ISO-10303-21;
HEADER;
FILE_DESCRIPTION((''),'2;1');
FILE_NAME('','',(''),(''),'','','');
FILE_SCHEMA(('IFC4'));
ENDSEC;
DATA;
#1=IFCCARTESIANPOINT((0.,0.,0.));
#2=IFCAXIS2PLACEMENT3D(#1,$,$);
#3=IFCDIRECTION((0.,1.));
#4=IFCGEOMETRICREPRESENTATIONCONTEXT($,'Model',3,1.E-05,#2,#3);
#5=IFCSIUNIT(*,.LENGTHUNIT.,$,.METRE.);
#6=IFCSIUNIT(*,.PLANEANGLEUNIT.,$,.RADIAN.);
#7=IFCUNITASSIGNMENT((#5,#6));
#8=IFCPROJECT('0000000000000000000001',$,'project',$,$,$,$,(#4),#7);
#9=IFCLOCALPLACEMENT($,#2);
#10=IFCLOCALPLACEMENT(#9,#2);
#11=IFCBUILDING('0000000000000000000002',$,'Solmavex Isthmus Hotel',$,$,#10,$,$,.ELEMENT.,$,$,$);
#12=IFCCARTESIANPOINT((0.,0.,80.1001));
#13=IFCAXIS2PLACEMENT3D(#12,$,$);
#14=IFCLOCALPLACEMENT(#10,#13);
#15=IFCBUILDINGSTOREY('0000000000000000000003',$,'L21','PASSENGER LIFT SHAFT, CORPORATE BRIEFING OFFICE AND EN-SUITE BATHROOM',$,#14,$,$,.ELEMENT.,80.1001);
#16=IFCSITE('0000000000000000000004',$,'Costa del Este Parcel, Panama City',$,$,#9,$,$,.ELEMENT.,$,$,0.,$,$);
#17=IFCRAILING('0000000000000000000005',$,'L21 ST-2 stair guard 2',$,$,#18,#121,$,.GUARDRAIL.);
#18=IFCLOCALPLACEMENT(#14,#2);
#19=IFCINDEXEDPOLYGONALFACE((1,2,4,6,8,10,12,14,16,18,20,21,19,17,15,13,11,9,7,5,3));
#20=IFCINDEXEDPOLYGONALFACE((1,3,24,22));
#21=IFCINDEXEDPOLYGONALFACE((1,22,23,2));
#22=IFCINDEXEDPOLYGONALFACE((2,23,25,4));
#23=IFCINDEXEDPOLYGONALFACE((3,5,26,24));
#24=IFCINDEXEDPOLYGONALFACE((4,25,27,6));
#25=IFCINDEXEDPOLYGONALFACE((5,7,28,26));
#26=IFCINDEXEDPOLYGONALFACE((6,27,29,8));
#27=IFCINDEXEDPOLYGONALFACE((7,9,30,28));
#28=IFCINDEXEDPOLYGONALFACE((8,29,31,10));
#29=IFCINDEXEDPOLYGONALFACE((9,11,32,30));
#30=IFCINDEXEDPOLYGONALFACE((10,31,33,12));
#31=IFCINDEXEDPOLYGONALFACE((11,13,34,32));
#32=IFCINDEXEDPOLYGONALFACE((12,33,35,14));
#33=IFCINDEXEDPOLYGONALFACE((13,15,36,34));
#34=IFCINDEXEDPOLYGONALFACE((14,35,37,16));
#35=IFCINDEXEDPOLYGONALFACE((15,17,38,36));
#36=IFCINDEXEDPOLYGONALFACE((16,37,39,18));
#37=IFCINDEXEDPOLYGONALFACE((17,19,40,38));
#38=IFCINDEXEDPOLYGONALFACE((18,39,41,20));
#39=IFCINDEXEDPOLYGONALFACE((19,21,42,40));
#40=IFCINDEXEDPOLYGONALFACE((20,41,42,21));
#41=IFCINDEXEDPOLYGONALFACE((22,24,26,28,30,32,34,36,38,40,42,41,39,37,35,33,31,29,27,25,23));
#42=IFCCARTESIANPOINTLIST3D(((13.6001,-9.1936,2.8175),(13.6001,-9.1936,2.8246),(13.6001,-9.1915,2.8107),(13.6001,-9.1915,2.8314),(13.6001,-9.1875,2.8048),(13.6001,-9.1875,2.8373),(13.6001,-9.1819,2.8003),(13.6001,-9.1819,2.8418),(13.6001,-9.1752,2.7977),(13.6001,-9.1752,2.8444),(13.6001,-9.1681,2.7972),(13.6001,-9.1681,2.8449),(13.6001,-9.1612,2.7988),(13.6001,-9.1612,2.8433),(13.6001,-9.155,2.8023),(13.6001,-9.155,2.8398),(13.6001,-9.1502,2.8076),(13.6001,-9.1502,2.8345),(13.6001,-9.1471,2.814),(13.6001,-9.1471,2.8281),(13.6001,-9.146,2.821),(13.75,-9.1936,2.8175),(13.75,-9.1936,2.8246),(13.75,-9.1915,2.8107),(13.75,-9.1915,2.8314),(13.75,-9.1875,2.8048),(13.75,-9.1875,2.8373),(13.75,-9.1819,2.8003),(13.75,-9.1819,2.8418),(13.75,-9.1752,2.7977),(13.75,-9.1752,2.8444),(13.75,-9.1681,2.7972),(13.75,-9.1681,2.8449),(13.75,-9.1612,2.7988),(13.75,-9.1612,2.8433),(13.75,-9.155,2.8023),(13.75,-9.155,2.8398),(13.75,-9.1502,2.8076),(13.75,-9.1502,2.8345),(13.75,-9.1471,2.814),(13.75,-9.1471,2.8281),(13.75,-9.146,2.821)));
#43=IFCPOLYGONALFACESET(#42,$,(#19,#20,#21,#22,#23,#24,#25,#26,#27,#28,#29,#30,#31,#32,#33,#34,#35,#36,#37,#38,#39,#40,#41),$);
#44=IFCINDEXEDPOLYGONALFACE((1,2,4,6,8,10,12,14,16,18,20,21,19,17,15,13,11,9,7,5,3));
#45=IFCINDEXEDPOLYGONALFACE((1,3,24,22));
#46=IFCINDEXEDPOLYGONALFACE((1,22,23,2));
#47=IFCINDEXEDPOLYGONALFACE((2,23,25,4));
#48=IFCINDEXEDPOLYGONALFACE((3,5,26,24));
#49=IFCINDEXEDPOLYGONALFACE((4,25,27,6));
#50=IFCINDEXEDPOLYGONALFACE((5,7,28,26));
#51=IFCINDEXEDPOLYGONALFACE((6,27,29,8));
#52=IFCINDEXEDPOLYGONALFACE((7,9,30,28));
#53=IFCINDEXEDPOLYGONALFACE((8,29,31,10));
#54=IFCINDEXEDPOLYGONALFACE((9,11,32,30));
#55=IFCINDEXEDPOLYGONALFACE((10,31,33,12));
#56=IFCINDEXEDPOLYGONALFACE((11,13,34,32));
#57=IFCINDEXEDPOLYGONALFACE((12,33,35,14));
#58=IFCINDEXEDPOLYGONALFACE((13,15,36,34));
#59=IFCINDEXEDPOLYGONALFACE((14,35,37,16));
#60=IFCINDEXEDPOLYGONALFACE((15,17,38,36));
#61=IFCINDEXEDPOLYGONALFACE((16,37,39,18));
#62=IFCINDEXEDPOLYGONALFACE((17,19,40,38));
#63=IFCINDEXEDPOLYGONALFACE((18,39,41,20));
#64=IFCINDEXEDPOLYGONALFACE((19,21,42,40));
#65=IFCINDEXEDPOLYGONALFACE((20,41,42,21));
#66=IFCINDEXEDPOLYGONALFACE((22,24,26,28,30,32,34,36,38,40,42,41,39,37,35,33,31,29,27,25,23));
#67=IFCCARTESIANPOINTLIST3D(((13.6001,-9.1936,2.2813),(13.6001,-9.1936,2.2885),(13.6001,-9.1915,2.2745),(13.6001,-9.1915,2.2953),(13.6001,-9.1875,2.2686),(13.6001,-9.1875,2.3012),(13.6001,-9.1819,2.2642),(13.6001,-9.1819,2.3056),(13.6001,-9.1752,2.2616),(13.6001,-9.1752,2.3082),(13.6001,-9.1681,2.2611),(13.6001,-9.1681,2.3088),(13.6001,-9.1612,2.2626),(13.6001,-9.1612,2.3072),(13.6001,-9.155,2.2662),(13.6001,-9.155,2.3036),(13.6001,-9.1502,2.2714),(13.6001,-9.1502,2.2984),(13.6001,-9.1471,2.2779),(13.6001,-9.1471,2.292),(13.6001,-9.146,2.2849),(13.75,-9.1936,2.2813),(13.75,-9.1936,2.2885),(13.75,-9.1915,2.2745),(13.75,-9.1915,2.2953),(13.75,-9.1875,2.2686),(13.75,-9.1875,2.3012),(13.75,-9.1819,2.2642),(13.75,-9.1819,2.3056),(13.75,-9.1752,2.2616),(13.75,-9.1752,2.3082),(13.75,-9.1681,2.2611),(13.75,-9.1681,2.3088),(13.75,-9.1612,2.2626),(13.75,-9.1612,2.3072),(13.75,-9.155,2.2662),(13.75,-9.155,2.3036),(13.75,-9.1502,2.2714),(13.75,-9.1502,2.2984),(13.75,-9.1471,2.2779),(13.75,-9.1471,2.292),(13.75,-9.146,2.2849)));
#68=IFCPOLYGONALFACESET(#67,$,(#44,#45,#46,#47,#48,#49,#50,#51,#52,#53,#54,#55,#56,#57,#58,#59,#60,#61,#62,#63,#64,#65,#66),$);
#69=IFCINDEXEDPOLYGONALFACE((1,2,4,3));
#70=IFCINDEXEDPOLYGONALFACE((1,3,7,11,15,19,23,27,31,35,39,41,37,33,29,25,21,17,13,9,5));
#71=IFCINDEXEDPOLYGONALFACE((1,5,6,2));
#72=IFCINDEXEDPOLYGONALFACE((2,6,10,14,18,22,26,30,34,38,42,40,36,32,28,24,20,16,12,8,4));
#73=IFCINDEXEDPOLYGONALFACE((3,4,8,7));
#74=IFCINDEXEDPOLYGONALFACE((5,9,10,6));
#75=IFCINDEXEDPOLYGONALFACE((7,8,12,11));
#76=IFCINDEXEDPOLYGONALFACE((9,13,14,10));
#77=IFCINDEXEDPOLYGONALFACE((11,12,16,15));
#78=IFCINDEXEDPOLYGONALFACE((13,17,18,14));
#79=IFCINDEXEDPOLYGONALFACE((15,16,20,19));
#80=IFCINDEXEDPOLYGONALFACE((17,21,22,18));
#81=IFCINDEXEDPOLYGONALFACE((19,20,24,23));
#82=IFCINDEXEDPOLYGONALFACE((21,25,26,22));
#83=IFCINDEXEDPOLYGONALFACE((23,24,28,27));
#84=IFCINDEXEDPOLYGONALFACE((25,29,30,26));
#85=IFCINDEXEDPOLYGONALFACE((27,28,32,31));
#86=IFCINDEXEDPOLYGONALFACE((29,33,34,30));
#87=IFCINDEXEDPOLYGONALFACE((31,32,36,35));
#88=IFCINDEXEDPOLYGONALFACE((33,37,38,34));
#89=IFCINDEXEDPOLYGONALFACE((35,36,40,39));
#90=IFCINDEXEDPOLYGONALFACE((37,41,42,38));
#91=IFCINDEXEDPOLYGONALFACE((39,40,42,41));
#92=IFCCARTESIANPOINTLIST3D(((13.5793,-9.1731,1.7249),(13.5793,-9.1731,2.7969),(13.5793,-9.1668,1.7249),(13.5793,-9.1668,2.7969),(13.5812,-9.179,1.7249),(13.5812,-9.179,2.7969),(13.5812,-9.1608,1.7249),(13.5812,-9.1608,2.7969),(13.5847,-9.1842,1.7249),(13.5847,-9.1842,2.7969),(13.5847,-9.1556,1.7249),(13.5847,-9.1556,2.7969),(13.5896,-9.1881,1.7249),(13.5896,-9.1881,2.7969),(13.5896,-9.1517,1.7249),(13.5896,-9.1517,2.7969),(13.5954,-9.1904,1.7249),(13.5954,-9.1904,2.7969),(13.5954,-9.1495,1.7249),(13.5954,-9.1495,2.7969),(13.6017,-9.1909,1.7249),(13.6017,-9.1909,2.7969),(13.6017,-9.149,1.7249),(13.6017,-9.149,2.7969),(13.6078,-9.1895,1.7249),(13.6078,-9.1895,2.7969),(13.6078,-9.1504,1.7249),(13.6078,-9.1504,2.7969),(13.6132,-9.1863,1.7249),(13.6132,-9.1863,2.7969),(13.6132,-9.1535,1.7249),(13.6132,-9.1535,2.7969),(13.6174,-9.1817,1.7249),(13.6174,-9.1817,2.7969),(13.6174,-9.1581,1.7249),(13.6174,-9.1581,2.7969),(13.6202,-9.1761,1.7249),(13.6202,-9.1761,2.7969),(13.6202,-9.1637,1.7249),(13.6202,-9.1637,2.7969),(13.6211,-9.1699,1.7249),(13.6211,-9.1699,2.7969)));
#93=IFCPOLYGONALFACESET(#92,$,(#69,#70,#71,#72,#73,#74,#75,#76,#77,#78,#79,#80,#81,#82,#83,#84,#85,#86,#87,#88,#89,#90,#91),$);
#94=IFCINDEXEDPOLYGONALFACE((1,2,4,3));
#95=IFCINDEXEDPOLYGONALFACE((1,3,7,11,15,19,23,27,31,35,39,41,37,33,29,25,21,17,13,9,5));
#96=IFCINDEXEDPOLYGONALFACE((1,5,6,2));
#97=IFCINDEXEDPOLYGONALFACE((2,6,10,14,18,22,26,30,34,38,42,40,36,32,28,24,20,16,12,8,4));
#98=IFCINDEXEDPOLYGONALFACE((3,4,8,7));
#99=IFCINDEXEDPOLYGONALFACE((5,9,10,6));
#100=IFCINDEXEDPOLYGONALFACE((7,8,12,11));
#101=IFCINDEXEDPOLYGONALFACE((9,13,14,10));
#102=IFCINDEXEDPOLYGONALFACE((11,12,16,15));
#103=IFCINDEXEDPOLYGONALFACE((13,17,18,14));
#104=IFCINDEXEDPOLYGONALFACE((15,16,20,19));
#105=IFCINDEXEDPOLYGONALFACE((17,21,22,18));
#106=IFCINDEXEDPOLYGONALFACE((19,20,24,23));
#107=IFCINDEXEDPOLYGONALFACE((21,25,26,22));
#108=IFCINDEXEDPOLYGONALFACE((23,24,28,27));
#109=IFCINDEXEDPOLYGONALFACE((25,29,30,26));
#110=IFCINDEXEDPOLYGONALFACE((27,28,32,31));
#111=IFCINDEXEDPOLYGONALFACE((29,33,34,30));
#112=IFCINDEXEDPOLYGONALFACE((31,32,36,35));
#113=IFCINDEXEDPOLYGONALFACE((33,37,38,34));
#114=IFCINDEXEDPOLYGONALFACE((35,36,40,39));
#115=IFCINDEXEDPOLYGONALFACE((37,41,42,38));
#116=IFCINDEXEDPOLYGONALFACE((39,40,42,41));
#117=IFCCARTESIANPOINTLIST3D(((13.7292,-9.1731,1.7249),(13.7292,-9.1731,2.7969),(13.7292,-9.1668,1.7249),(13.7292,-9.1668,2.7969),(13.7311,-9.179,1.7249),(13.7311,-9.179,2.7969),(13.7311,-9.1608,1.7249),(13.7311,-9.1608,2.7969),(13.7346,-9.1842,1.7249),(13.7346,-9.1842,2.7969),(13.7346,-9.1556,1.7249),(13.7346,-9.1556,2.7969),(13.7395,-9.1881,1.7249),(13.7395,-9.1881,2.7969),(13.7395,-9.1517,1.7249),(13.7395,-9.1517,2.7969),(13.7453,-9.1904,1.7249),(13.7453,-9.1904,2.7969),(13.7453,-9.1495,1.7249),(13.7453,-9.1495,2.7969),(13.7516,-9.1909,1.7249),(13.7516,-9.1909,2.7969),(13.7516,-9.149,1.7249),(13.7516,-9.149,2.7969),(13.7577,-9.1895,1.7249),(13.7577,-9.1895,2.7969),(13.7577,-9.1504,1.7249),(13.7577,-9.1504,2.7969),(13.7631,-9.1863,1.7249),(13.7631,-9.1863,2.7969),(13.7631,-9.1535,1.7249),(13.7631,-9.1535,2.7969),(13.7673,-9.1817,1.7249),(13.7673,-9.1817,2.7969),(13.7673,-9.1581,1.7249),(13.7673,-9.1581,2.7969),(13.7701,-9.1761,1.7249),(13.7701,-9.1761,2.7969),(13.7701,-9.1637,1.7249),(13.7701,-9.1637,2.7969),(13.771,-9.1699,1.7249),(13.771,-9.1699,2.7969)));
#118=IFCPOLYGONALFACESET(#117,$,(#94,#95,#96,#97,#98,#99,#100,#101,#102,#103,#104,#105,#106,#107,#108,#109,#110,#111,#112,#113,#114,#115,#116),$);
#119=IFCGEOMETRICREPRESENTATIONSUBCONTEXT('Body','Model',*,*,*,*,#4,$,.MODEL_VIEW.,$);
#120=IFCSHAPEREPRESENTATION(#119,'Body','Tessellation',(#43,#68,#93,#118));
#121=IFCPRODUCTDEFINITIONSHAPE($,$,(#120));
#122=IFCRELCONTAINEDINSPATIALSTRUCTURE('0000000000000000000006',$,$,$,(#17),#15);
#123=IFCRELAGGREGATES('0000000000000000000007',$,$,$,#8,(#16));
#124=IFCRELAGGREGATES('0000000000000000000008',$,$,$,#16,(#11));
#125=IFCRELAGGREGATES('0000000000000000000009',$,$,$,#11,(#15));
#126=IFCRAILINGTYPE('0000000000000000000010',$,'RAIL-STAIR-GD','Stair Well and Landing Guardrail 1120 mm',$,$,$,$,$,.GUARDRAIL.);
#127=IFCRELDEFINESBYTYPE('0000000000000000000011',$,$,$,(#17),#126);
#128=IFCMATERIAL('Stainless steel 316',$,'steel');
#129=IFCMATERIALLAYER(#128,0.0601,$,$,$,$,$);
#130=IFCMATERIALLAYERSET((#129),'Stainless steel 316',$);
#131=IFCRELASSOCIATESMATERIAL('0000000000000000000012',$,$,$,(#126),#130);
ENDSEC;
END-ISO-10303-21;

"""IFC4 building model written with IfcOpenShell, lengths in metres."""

from ifc_helpers import new_model, si_unit, direction, frame, origin, origin_2d, place, context, subcontext, project, spatial, circle, extrude, material, layer, layer_set, type_object, element, save


model = new_model("IFC4")

# Units and contexts
model_context = context("Model", 3, precision=1e-05, world=origin(), true_north=direction((0.0, 1.0)))
body_context = subcontext(model_context, "Body", "Model", "MODEL_VIEW")
ifc_project = project(units=[si_unit("LENGTHUNIT", "METRE"), si_unit("PLANEANGLEUNIT", "RADIAN")], contexts=[model_context])

# Site, building, storey
site_placement = place(None, origin())
site = spatial("IfcSite", under=ifc_project, at=site_placement, Name="Costa del Este Parcel, Panama City", CompositionType="ELEMENT", RefElevation=0.0)
building_placement = place(site_placement, origin())
building = spatial("IfcBuilding", under=site, at=building_placement, Name="Solmavex Isthmus Hotel", CompositionType="ELEMENT")
storey_placement = place(building_placement, frame((0.0, 0.0, 80.1001)))
storey = spatial("IfcBuildingStorey", under=building, at=storey_placement, Name="L21", Description="PASSENGER LIFT SHAFT, CORPORATE BRIEFING OFFICE AND EN-SUITE BATHROOM", CompositionType="ELEMENT", Elevation=80.1001)

# Railing
ifc_material_1 = material(Name="Stainless steel 316", Category="steel")
ifc_layer_1 = layer(ifc_material_1, 0.0601)
ifc_layer_set_1 = layer_set([ifc_layer_1], Name="Stainless steel 316")
railing_type_1 = type_object("IfcRailingType", Name="RAIL-STAIR-GD", Description="Stair Well and Landing Guardrail 1120 mm", PredefinedType="GUARDRAIL", material=ifc_layer_set_1)
railing_1_placement = place(storey_placement, frame((13.6001, -9.1699, 1.7249)))
element("IfcRailing", 1, at=railing_1_placement, inside=storey, type_object=railing_type_1, Name="L21 ST-2 stair guard 2", PredefinedType="GUARDRAIL", context=body_context, shape_type="SweptSolid", body=[
    extrude(circle(Radius=0.0239, at=origin_2d()), frame((0.0, 0.0, 1.0962), z_axis=(1.0, 0.0, 0.0), x_axis=(0.0, 1.0, 0.0)), (0.0, 0.0, 1.0), 0.1499),
    extrude(circle(Radius=0.0239, at=origin_2d()), frame((0.0, 0.0, 0.5601), z_axis=(1.0, 0.0, 0.0), x_axis=(0.0, 1.0, 0.0)), (0.0, 0.0, 1.0), 0.1499),
    extrude(circle(Radius=0.021, at=origin_2d()), origin(), (0.0, 0.0, 1.0), 1.072),
    extrude(circle(Radius=0.021, at=origin_2d()), frame((0.1499, 0.0, 0.0)), (0.0, 0.0, 1.0), 1.072),
])

save(model, "model.ifc")
